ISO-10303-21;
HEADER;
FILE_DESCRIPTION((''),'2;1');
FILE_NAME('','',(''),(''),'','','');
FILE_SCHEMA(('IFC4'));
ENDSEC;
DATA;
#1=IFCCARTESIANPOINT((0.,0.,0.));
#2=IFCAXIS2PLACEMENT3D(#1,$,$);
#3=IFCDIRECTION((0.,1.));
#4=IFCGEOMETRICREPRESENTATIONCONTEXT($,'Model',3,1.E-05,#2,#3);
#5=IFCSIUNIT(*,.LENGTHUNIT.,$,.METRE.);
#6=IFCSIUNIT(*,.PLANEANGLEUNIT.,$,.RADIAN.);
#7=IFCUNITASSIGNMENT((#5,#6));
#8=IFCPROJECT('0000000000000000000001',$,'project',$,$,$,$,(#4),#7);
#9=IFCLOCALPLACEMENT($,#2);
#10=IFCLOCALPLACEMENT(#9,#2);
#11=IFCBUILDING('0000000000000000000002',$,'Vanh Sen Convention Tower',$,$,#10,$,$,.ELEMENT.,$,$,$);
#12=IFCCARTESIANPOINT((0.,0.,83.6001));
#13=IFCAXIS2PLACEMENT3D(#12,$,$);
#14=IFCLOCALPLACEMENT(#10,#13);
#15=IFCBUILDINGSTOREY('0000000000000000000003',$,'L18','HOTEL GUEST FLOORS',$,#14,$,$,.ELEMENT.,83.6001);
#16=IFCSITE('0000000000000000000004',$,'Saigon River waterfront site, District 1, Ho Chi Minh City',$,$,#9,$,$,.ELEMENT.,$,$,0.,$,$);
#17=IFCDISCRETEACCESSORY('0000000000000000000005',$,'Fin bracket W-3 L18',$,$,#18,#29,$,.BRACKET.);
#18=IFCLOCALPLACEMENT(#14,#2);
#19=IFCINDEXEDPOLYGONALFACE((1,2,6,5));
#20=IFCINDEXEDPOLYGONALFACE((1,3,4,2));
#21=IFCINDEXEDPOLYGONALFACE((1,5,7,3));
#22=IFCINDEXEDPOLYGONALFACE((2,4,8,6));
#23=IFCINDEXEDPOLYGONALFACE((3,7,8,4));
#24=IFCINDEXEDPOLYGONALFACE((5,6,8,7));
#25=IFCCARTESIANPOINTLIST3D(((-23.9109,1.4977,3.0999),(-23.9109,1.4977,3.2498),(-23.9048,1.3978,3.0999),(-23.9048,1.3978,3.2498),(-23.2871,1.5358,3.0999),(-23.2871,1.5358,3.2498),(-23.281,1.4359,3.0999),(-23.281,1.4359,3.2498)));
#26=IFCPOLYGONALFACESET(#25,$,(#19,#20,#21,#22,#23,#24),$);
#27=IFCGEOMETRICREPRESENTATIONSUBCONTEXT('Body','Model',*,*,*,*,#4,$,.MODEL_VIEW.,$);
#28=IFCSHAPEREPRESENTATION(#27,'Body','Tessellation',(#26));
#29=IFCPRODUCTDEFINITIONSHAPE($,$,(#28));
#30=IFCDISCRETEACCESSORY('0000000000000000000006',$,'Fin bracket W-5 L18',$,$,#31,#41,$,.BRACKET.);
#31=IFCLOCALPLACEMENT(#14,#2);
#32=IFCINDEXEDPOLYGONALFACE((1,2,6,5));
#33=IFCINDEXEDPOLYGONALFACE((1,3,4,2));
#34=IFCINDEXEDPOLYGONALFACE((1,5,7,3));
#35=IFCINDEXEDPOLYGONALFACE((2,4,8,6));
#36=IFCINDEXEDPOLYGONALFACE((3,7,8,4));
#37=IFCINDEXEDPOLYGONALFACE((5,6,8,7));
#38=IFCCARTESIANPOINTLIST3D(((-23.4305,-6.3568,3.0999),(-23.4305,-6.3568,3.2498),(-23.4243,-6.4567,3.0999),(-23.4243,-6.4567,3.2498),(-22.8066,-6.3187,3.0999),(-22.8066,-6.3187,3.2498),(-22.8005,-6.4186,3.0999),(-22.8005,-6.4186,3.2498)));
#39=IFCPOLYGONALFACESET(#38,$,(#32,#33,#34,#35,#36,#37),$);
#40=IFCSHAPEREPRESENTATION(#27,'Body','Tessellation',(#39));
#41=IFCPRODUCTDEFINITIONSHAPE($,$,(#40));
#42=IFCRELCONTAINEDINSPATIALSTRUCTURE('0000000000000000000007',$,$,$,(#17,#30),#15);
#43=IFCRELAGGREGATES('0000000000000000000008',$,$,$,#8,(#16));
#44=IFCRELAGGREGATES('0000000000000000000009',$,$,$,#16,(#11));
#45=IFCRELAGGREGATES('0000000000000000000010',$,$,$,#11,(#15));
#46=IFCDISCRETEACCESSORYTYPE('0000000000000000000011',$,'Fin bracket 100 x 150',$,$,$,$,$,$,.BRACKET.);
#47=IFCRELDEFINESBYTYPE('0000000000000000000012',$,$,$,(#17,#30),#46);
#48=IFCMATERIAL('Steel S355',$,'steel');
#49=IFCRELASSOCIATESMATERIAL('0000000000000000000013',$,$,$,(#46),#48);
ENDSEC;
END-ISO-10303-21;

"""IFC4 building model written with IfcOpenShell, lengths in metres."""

from ifc_helpers import new_model, si_unit, direction, frame, origin, origin_2d, place, context, subcontext, project, spatial, rectangle, extrude, material, type_object, element, save


model = new_model("IFC4")

# Units and contexts
model_context = context("Model", 3, precision=1e-05, world=origin(), true_north=direction((0.0, 1.0)))
body_context = subcontext(model_context, "Body", "Model", "MODEL_VIEW")
ifc_project = project(units=[si_unit("LENGTHUNIT", "METRE"), si_unit("PLANEANGLEUNIT", "RADIAN")], contexts=[model_context])

# Site, building, storey
site_placement = place(None, origin())
site = spatial("IfcSite", under=ifc_project, at=site_placement, Name="Saigon River waterfront site, District 1, Ho Chi Minh City", CompositionType="ELEMENT", RefElevation=0.0)
building_placement = place(site_placement, origin())
building = spatial("IfcBuilding", under=site, at=building_placement, Name="Vanh Sen Convention Tower", CompositionType="ELEMENT")
storey_placement = place(building_placement, frame((0.0, 0.0, 83.6001)))
storey = spatial("IfcBuildingStorey", under=building, at=storey_placement, Name="L18", Description="HOTEL GUEST FLOORS", CompositionType="ELEMENT", Elevation=83.6001)

# Discrete accessories
ifc_material_1 = material(Name="Steel S355", Category="steel")
discrete_accessory_type = type_object("IfcDiscreteAccessoryType", Name="Fin bracket 100 x 150", PredefinedType="BRACKET", material=ifc_material_1)
for number, where, z_axis, x_axis, name in (
    (1, (-23.5959, 1.4668, 3.0999), (0.0, 0.0, 1.0), (-0.998135, -0.061049, 0.0), "Fin bracket W-3 L18"),
    (2, (-23.1155, -6.3877, 3.0999), (0.0, 0.0, 1.0), (-0.998135, -0.061049, 0.0), "Fin bracket W-5 L18"),
):
    element("IfcDiscreteAccessory", number, at=place(storey_placement, frame(where, z_axis=z_axis, x_axis=x_axis)), inside=storey, type_object=discrete_accessory_type, Name=name, PredefinedType="BRACKET", context=body_context, shape_type="SweptSolid", body=[
        extrude(rectangle(XDim=0.625, YDim=0.1001, at=origin_2d()), origin(), (0.0, 0.0, 1.0), 0.1499),
    ])

save(model, "model.ifc")
